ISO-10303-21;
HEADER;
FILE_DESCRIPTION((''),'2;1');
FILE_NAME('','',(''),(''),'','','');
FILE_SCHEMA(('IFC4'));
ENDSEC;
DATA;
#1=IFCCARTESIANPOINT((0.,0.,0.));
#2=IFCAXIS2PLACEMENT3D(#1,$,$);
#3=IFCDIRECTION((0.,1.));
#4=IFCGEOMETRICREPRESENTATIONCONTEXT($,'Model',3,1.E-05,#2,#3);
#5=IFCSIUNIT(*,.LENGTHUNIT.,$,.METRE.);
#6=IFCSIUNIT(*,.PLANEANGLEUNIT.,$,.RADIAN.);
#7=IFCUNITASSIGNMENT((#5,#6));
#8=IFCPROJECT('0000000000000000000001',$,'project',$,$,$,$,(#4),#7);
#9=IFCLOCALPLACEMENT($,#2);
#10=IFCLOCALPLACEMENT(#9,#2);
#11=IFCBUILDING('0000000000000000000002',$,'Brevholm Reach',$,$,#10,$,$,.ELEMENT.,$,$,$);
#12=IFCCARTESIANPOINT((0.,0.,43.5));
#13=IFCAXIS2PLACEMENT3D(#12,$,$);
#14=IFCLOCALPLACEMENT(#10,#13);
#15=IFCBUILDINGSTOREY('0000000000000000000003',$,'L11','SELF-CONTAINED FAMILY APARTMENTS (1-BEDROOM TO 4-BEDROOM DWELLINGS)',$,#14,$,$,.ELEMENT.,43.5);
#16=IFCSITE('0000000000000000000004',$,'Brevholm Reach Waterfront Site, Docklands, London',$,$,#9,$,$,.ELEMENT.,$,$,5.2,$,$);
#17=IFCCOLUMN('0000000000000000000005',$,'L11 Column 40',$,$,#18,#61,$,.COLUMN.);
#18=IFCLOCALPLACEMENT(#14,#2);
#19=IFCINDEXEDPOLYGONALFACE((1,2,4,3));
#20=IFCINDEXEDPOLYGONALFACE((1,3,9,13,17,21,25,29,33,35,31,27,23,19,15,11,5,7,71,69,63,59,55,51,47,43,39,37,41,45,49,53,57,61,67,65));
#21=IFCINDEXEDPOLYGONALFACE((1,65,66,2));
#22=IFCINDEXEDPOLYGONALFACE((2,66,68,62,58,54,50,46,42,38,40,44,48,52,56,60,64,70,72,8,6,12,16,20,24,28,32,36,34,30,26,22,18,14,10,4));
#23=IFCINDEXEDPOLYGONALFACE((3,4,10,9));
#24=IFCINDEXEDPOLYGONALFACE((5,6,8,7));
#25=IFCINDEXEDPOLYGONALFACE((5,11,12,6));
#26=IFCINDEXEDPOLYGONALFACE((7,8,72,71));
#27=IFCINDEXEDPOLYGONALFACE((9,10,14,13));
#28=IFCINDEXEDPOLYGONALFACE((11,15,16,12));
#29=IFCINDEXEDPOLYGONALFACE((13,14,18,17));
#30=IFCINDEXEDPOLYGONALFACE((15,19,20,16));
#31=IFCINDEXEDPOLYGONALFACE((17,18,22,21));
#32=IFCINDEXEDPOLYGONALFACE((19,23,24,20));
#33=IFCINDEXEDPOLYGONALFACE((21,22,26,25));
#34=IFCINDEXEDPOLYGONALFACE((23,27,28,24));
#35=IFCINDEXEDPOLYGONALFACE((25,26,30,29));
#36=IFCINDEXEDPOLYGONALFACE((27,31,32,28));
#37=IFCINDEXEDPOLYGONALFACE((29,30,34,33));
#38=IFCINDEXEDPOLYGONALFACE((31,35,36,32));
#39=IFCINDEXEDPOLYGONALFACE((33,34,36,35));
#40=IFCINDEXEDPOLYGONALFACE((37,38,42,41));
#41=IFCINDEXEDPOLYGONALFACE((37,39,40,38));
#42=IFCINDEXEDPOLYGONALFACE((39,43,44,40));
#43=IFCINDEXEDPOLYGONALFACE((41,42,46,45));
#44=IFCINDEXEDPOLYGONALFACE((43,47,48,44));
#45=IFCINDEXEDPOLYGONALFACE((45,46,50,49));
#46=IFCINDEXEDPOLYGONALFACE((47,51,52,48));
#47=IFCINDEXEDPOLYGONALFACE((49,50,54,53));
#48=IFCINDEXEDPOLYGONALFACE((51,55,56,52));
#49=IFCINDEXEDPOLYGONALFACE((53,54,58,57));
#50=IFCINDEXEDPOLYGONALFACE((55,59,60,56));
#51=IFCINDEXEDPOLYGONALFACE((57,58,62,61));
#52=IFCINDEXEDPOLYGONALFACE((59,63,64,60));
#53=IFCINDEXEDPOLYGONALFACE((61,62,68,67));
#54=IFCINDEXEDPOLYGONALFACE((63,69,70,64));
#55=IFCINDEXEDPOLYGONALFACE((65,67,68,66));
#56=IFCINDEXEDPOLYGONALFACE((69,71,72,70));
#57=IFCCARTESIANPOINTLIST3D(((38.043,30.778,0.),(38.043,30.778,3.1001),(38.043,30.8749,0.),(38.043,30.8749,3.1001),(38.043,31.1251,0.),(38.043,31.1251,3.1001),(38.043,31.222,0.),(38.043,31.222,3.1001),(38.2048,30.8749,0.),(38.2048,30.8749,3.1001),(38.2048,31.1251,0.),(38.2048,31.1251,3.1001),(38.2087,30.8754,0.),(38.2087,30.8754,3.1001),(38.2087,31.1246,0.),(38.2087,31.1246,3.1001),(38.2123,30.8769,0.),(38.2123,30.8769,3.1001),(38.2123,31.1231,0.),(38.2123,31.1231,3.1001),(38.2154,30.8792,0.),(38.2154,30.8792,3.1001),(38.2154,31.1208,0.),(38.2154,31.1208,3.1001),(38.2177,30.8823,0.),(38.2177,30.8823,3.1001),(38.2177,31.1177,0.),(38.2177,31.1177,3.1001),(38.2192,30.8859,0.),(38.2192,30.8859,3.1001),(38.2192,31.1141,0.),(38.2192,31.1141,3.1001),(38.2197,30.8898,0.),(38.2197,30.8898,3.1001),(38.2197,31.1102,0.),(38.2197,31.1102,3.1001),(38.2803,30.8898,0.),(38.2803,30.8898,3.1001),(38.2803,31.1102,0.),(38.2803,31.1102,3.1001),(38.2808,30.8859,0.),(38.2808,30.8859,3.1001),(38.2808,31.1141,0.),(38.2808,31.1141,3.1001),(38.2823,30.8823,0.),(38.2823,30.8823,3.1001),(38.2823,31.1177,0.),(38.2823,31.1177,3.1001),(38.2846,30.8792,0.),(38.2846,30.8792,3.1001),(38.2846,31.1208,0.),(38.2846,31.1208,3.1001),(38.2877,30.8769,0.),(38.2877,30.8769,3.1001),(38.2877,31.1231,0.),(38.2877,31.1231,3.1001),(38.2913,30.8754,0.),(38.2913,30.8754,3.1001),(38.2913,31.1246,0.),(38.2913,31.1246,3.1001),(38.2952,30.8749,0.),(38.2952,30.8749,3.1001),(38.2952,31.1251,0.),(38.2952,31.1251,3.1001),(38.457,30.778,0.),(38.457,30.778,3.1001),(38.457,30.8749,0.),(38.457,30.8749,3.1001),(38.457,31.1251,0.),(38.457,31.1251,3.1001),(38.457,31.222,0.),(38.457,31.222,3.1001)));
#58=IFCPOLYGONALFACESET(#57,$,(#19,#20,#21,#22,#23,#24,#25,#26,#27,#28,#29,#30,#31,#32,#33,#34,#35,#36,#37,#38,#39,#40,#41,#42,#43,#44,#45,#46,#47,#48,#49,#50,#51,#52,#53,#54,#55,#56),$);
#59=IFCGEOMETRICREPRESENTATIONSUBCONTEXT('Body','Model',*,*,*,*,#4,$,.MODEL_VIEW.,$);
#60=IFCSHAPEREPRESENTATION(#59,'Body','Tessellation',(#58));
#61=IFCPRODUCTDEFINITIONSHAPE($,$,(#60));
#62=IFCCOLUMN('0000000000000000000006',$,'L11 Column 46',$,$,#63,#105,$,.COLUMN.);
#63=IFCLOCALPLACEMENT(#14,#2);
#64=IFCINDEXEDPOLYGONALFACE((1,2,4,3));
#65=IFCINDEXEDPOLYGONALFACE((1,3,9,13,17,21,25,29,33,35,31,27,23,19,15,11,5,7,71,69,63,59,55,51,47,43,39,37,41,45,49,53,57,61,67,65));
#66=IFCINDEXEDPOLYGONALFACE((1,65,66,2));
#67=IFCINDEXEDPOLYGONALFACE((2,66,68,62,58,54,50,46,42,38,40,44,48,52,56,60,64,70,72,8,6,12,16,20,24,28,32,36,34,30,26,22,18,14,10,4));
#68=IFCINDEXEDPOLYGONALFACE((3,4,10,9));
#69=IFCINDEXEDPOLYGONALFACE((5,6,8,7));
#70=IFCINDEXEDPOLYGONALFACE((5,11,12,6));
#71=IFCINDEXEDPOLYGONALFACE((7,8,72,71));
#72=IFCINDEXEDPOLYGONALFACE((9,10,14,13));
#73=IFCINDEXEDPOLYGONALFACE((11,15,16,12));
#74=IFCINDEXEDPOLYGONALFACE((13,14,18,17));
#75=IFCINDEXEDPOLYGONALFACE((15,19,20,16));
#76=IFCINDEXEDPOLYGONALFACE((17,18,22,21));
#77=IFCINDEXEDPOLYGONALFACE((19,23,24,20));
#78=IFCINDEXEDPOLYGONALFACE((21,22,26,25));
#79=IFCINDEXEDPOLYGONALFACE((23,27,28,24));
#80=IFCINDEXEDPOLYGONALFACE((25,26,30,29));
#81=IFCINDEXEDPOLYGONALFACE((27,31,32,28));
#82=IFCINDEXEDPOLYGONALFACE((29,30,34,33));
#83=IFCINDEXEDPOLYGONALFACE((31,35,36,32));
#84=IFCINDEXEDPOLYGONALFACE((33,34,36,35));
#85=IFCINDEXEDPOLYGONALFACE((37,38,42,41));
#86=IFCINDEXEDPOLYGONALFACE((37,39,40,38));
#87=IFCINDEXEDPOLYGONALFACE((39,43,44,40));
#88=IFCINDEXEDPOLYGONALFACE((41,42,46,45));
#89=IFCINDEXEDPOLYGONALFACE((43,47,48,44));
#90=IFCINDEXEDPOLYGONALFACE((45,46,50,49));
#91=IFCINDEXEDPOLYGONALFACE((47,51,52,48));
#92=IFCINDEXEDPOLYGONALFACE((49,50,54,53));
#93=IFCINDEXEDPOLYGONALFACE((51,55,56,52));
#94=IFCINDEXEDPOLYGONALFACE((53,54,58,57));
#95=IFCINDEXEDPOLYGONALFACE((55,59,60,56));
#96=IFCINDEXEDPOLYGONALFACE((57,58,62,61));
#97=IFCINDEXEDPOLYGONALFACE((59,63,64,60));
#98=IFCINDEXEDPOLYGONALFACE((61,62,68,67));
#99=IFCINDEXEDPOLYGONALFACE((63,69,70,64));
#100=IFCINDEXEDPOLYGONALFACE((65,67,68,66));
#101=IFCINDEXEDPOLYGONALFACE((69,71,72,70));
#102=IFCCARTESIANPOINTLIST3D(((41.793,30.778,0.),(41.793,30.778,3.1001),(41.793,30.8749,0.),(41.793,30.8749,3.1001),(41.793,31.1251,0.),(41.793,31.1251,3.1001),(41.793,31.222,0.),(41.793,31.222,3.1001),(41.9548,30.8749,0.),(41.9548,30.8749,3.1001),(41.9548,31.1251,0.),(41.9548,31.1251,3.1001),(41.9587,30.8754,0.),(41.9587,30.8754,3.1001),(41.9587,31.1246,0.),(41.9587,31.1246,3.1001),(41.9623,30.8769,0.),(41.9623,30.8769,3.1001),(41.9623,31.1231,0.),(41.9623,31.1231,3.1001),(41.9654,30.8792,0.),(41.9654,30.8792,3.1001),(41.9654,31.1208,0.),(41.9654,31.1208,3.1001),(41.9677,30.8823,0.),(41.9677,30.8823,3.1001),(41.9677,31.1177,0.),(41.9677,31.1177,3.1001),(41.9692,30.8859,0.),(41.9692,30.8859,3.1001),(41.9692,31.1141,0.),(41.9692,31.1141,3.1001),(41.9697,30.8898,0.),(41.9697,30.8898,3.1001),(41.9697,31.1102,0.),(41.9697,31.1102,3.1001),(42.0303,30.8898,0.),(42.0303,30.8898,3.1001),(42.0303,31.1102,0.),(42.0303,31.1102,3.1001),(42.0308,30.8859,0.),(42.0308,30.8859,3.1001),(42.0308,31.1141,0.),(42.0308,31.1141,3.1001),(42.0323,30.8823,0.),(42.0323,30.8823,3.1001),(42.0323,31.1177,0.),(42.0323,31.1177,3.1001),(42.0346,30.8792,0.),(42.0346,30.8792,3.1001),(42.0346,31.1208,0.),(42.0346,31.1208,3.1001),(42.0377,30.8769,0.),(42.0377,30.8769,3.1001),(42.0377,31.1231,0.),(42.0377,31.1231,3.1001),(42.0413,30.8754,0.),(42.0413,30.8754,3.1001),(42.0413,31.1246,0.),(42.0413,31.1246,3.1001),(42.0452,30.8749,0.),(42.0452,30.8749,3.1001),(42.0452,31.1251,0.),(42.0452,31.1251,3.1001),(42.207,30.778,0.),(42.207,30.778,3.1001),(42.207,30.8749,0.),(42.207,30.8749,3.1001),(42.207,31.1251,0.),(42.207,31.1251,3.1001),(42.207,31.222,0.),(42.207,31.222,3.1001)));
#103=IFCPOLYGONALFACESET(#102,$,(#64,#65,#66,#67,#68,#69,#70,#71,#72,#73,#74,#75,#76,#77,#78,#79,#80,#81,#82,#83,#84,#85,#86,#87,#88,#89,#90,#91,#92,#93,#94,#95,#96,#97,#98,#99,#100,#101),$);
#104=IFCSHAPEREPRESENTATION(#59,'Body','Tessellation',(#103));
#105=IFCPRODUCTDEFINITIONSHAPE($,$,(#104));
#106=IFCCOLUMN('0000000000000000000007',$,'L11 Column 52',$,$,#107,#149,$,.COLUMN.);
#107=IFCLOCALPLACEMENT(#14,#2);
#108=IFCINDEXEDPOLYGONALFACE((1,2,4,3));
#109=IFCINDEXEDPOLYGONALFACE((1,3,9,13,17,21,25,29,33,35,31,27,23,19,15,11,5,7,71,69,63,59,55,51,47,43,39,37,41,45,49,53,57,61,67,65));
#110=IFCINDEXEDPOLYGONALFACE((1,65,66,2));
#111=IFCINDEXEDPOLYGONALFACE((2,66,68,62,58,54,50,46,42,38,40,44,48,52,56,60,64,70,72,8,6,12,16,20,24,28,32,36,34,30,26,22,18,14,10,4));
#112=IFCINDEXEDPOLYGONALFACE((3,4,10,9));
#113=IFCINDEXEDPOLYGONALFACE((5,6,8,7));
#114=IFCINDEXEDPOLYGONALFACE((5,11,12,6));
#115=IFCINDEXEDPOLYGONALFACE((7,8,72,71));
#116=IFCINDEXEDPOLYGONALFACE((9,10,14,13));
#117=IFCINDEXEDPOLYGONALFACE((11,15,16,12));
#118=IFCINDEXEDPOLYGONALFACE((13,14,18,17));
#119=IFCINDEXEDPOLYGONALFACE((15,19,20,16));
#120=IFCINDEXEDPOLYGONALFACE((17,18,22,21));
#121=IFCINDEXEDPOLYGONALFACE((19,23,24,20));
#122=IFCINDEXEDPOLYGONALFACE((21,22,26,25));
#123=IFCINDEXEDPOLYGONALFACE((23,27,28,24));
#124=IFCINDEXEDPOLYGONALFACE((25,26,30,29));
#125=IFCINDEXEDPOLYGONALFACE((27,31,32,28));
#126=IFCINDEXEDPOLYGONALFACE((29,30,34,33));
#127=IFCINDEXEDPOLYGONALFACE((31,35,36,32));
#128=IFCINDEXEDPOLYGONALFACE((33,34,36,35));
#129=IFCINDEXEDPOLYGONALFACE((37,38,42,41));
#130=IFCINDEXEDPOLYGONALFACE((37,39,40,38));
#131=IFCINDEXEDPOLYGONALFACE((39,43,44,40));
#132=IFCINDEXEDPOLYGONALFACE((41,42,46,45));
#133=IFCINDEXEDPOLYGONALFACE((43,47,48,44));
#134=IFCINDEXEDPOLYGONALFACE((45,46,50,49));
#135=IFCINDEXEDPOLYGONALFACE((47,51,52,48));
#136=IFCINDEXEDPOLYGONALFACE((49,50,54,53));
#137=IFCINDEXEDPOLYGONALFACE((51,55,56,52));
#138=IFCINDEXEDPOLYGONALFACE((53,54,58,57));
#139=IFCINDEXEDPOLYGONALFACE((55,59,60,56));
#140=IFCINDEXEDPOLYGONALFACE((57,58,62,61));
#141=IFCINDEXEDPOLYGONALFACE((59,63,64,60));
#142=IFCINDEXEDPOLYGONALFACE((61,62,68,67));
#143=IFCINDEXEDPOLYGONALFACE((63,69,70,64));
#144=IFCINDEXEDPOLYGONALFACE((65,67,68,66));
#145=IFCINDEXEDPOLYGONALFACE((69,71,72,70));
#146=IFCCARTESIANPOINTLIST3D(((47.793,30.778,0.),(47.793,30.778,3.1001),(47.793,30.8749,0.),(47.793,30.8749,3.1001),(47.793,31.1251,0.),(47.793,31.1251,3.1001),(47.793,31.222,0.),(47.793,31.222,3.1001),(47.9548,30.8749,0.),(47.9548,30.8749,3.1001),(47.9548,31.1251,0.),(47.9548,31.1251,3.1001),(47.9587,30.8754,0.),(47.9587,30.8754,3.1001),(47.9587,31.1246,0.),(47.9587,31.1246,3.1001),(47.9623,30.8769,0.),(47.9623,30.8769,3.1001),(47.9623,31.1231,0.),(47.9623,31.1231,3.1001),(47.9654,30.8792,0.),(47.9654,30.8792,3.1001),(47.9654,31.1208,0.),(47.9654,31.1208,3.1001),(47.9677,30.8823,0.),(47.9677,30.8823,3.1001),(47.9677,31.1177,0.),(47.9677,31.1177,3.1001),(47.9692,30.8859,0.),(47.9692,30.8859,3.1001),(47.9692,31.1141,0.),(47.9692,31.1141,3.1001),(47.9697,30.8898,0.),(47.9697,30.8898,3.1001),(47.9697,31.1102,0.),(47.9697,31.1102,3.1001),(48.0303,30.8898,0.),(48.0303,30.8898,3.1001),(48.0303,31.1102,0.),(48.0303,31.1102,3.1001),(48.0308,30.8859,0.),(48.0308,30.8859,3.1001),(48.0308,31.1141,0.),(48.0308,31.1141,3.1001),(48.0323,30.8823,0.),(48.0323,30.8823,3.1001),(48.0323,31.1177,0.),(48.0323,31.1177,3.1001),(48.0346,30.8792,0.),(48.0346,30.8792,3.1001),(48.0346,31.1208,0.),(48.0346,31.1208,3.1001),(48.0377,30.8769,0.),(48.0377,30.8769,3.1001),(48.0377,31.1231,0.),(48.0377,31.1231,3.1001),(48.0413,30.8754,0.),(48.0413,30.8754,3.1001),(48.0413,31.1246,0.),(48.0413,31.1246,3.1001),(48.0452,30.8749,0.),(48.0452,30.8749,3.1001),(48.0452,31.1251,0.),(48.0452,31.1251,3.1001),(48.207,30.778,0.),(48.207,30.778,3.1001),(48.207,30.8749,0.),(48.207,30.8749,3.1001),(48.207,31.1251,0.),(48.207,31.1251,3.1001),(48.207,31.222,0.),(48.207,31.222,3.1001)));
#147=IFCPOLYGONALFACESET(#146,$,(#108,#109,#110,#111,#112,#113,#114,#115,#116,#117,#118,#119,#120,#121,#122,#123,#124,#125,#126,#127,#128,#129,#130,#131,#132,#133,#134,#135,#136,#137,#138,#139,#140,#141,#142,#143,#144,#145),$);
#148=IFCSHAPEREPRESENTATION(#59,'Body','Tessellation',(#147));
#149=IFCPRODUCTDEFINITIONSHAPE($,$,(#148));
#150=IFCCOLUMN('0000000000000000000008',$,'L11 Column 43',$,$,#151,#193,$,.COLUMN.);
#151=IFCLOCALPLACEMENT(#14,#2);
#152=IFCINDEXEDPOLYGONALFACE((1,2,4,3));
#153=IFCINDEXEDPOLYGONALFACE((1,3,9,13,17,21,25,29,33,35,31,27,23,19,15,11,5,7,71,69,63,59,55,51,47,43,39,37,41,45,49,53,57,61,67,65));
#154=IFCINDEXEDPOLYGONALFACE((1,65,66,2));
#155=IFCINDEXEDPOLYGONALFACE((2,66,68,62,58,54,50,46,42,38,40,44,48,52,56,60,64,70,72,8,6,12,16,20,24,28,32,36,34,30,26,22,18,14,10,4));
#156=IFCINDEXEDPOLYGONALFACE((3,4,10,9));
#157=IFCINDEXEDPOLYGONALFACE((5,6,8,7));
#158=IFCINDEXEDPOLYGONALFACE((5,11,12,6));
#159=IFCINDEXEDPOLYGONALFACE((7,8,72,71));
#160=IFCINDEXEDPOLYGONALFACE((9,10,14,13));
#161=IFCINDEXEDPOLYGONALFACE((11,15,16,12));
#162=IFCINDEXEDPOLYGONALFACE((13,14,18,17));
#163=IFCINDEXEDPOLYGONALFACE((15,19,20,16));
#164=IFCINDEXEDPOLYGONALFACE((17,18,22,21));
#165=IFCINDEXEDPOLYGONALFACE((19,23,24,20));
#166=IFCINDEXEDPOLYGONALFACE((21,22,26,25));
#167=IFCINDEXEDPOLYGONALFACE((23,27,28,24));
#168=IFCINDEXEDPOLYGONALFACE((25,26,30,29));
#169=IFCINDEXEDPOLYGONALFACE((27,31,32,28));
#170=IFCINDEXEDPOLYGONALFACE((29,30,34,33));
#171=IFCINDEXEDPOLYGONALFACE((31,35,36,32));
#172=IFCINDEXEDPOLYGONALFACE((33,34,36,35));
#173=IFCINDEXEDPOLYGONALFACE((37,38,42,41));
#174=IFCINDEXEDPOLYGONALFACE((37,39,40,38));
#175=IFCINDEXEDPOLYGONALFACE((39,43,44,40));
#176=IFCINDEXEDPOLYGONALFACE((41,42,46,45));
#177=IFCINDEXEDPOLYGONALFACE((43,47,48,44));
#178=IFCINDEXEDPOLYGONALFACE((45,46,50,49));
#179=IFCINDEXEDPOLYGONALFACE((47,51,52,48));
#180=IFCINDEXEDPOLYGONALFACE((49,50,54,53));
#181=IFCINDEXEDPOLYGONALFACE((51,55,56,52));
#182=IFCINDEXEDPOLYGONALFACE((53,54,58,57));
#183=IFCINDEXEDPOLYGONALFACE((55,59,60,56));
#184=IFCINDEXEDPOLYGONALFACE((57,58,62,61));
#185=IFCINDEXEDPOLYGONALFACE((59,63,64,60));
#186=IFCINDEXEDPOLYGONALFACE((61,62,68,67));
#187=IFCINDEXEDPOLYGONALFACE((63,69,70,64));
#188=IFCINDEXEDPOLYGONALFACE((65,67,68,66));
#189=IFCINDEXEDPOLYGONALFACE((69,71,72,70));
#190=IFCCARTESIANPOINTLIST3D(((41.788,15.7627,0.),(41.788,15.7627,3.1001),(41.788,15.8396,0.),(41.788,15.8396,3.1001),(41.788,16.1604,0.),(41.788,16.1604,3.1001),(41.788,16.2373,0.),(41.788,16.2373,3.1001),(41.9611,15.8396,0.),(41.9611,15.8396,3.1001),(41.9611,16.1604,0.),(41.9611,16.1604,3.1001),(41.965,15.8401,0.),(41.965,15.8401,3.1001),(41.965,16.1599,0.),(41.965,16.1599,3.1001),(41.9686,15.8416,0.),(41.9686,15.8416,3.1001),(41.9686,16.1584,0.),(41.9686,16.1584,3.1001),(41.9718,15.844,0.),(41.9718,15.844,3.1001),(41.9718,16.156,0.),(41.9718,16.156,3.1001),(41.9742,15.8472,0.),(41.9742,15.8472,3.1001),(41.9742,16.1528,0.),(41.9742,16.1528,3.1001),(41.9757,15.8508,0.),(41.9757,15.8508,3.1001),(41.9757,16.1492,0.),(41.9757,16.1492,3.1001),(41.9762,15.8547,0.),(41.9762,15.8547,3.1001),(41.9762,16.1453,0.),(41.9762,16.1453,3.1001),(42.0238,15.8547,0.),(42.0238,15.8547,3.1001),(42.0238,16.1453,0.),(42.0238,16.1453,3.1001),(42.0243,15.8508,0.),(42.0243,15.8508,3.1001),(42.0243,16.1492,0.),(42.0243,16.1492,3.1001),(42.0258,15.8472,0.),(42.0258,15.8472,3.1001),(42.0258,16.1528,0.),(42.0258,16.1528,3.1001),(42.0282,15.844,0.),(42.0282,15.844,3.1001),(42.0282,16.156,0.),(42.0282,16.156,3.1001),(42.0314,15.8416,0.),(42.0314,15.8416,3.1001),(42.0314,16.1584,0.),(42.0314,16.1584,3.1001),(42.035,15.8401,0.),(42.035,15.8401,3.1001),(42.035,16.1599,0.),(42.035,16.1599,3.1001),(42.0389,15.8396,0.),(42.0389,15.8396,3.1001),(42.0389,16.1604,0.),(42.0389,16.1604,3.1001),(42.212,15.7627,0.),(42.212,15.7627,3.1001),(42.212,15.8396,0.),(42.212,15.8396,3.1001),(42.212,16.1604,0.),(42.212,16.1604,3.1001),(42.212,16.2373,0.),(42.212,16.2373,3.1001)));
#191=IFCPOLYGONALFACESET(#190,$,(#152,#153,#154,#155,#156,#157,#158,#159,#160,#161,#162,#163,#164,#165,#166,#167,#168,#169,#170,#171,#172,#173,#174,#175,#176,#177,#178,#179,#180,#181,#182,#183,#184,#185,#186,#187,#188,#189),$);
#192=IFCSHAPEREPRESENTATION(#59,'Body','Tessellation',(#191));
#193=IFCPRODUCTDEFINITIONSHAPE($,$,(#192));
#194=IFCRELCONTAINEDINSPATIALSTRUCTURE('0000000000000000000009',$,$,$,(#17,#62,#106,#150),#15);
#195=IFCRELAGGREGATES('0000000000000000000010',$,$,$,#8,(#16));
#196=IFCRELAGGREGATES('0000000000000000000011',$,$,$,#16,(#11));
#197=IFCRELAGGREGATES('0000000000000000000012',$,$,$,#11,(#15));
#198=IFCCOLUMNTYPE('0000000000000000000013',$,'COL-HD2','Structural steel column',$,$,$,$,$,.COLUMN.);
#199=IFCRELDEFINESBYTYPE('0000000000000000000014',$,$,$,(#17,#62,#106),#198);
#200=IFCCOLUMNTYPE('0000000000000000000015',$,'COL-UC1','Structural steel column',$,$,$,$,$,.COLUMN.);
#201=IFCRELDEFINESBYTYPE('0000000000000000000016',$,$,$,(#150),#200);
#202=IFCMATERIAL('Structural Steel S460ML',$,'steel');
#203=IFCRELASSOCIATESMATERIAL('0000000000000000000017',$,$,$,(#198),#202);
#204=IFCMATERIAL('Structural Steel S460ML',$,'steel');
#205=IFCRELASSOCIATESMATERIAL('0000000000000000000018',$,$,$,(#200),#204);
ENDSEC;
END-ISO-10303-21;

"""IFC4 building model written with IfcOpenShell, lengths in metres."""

from ifc_helpers import new_model, si_unit, direction, frame, origin, origin_2d, place, context, subcontext, project, spatial, i_section, extrude, material, material_profile, profile_set, type_object, element, save


model = new_model("IFC4")

# Units and contexts
model_context = context("Model", 3, precision=1e-05, world=origin(), true_north=direction((0.0, 1.0)))
body_context = subcontext(model_context, "Body", "Model", "MODEL_VIEW")
ifc_project = project(units=[si_unit("LENGTHUNIT", "METRE"), si_unit("PLANEANGLEUNIT", "RADIAN")], contexts=[model_context])

# Site, building, storey
site_placement = place(None, origin())
site = spatial("IfcSite", under=ifc_project, at=site_placement, Name="Brevholm Reach Waterfront Site, Docklands, London", CompositionType="ELEMENT", RefElevation=5.2)
building_placement = place(site_placement, origin())
building = spatial("IfcBuilding", under=site, at=building_placement, Name="Brevholm Reach", CompositionType="ELEMENT")
storey_placement = place(building_placement, frame((0.0, 0.0, 43.5)))
storey = spatial("IfcBuildingStorey", under=building, at=storey_placement, Name="L11", Description="SELF-CONTAINED FAMILY APARTMENTS (1-BEDROOM TO 4-BEDROOM DWELLINGS)", CompositionType="ELEMENT", Elevation=43.5)

# Columns
ifc_material_1 = material(Name="Structural Steel S460ML", Category="steel")
ifc_material_profile_1 = material_profile(ifc_material_1, i_section(OverallWidth=0.4141, OverallDepth=0.4441, WebThickness=0.0605, FlangeThickness=0.0969, FilletRadius=0.0149, at=origin_2d()), Name="HD 400x818")
ifc_profile_set_1 = profile_set([ifc_material_profile_1], Name="Structural Steel S460ML")
column_type_1 = type_object("IfcColumnType", Name="COL-HD2", Description="Structural steel column", PredefinedType="COLUMN", material=ifc_profile_set_1)
for number, where, z_axis, x_axis, name in (
    (1, (38.25, 31.0, 0.0), (0.0, 0.0, 1.0), (1.0, 0.0, 0.0), "L11 Column 40"),
    (2, (42.0, 31.0, 0.0), (0.0, 0.0, 1.0), (1.0, 0.0, 0.0), "L11 Column 46"),
    (3, (48.0, 31.0, 0.0), (0.0, 0.0, 1.0), (1.0, 0.0, 0.0), "L11 Column 52"),
):
    element("IfcColumn", number, at=place(storey_placement, frame(where, z_axis=z_axis, x_axis=x_axis)), inside=storey, type_object=column_type_1, Name=name, PredefinedType="COLUMN", context=body_context, shape_type="SweptSolid", body=[
        extrude(i_section(OverallWidth=0.4141, OverallDepth=0.4441, WebThickness=0.0605, FlangeThickness=0.0969, FilletRadius=0.0149, at=origin_2d()), origin(), (0.0, 0.0, 1.0), 3.1001),
    ])
ifc_material_2 = material(Name="Structural Steel S460ML", Category="steel")
ifc_material_profile_2 = material_profile(ifc_material_2, i_section(OverallWidth=0.4241, OverallDepth=0.4746, WebThickness=0.0476, FlangeThickness=0.0769, FilletRadius=0.0151, at=origin_2d()), Name="UKC 356x406x634")
ifc_profile_set_2 = profile_set([ifc_material_profile_2], Name="Structural Steel S460ML")
column_type_2 = type_object("IfcColumnType", Name="COL-UC1", Description="Structural steel column", PredefinedType="COLUMN", material=ifc_profile_set_2)
for number, where, z_axis, x_axis, name in (
    (4, (42.0, 16.0, 0.0), (0.0, 0.0, 1.0), (1.0, 0.0, 0.0), "L11 Column 43"),
):
    element("IfcColumn", number, at=place(storey_placement, frame(where, z_axis=z_axis, x_axis=x_axis)), inside=storey, type_object=column_type_2, Name=name, PredefinedType="COLUMN", context=body_context, shape_type="SweptSolid", body=[
        extrude(i_section(OverallWidth=0.4241, OverallDepth=0.4746, WebThickness=0.0476, FlangeThickness=0.0769, FilletRadius=0.0151, at=origin_2d()), origin(), (0.0, 0.0, 1.0), 3.1001),
    ])

save(model, "model.ifc")
